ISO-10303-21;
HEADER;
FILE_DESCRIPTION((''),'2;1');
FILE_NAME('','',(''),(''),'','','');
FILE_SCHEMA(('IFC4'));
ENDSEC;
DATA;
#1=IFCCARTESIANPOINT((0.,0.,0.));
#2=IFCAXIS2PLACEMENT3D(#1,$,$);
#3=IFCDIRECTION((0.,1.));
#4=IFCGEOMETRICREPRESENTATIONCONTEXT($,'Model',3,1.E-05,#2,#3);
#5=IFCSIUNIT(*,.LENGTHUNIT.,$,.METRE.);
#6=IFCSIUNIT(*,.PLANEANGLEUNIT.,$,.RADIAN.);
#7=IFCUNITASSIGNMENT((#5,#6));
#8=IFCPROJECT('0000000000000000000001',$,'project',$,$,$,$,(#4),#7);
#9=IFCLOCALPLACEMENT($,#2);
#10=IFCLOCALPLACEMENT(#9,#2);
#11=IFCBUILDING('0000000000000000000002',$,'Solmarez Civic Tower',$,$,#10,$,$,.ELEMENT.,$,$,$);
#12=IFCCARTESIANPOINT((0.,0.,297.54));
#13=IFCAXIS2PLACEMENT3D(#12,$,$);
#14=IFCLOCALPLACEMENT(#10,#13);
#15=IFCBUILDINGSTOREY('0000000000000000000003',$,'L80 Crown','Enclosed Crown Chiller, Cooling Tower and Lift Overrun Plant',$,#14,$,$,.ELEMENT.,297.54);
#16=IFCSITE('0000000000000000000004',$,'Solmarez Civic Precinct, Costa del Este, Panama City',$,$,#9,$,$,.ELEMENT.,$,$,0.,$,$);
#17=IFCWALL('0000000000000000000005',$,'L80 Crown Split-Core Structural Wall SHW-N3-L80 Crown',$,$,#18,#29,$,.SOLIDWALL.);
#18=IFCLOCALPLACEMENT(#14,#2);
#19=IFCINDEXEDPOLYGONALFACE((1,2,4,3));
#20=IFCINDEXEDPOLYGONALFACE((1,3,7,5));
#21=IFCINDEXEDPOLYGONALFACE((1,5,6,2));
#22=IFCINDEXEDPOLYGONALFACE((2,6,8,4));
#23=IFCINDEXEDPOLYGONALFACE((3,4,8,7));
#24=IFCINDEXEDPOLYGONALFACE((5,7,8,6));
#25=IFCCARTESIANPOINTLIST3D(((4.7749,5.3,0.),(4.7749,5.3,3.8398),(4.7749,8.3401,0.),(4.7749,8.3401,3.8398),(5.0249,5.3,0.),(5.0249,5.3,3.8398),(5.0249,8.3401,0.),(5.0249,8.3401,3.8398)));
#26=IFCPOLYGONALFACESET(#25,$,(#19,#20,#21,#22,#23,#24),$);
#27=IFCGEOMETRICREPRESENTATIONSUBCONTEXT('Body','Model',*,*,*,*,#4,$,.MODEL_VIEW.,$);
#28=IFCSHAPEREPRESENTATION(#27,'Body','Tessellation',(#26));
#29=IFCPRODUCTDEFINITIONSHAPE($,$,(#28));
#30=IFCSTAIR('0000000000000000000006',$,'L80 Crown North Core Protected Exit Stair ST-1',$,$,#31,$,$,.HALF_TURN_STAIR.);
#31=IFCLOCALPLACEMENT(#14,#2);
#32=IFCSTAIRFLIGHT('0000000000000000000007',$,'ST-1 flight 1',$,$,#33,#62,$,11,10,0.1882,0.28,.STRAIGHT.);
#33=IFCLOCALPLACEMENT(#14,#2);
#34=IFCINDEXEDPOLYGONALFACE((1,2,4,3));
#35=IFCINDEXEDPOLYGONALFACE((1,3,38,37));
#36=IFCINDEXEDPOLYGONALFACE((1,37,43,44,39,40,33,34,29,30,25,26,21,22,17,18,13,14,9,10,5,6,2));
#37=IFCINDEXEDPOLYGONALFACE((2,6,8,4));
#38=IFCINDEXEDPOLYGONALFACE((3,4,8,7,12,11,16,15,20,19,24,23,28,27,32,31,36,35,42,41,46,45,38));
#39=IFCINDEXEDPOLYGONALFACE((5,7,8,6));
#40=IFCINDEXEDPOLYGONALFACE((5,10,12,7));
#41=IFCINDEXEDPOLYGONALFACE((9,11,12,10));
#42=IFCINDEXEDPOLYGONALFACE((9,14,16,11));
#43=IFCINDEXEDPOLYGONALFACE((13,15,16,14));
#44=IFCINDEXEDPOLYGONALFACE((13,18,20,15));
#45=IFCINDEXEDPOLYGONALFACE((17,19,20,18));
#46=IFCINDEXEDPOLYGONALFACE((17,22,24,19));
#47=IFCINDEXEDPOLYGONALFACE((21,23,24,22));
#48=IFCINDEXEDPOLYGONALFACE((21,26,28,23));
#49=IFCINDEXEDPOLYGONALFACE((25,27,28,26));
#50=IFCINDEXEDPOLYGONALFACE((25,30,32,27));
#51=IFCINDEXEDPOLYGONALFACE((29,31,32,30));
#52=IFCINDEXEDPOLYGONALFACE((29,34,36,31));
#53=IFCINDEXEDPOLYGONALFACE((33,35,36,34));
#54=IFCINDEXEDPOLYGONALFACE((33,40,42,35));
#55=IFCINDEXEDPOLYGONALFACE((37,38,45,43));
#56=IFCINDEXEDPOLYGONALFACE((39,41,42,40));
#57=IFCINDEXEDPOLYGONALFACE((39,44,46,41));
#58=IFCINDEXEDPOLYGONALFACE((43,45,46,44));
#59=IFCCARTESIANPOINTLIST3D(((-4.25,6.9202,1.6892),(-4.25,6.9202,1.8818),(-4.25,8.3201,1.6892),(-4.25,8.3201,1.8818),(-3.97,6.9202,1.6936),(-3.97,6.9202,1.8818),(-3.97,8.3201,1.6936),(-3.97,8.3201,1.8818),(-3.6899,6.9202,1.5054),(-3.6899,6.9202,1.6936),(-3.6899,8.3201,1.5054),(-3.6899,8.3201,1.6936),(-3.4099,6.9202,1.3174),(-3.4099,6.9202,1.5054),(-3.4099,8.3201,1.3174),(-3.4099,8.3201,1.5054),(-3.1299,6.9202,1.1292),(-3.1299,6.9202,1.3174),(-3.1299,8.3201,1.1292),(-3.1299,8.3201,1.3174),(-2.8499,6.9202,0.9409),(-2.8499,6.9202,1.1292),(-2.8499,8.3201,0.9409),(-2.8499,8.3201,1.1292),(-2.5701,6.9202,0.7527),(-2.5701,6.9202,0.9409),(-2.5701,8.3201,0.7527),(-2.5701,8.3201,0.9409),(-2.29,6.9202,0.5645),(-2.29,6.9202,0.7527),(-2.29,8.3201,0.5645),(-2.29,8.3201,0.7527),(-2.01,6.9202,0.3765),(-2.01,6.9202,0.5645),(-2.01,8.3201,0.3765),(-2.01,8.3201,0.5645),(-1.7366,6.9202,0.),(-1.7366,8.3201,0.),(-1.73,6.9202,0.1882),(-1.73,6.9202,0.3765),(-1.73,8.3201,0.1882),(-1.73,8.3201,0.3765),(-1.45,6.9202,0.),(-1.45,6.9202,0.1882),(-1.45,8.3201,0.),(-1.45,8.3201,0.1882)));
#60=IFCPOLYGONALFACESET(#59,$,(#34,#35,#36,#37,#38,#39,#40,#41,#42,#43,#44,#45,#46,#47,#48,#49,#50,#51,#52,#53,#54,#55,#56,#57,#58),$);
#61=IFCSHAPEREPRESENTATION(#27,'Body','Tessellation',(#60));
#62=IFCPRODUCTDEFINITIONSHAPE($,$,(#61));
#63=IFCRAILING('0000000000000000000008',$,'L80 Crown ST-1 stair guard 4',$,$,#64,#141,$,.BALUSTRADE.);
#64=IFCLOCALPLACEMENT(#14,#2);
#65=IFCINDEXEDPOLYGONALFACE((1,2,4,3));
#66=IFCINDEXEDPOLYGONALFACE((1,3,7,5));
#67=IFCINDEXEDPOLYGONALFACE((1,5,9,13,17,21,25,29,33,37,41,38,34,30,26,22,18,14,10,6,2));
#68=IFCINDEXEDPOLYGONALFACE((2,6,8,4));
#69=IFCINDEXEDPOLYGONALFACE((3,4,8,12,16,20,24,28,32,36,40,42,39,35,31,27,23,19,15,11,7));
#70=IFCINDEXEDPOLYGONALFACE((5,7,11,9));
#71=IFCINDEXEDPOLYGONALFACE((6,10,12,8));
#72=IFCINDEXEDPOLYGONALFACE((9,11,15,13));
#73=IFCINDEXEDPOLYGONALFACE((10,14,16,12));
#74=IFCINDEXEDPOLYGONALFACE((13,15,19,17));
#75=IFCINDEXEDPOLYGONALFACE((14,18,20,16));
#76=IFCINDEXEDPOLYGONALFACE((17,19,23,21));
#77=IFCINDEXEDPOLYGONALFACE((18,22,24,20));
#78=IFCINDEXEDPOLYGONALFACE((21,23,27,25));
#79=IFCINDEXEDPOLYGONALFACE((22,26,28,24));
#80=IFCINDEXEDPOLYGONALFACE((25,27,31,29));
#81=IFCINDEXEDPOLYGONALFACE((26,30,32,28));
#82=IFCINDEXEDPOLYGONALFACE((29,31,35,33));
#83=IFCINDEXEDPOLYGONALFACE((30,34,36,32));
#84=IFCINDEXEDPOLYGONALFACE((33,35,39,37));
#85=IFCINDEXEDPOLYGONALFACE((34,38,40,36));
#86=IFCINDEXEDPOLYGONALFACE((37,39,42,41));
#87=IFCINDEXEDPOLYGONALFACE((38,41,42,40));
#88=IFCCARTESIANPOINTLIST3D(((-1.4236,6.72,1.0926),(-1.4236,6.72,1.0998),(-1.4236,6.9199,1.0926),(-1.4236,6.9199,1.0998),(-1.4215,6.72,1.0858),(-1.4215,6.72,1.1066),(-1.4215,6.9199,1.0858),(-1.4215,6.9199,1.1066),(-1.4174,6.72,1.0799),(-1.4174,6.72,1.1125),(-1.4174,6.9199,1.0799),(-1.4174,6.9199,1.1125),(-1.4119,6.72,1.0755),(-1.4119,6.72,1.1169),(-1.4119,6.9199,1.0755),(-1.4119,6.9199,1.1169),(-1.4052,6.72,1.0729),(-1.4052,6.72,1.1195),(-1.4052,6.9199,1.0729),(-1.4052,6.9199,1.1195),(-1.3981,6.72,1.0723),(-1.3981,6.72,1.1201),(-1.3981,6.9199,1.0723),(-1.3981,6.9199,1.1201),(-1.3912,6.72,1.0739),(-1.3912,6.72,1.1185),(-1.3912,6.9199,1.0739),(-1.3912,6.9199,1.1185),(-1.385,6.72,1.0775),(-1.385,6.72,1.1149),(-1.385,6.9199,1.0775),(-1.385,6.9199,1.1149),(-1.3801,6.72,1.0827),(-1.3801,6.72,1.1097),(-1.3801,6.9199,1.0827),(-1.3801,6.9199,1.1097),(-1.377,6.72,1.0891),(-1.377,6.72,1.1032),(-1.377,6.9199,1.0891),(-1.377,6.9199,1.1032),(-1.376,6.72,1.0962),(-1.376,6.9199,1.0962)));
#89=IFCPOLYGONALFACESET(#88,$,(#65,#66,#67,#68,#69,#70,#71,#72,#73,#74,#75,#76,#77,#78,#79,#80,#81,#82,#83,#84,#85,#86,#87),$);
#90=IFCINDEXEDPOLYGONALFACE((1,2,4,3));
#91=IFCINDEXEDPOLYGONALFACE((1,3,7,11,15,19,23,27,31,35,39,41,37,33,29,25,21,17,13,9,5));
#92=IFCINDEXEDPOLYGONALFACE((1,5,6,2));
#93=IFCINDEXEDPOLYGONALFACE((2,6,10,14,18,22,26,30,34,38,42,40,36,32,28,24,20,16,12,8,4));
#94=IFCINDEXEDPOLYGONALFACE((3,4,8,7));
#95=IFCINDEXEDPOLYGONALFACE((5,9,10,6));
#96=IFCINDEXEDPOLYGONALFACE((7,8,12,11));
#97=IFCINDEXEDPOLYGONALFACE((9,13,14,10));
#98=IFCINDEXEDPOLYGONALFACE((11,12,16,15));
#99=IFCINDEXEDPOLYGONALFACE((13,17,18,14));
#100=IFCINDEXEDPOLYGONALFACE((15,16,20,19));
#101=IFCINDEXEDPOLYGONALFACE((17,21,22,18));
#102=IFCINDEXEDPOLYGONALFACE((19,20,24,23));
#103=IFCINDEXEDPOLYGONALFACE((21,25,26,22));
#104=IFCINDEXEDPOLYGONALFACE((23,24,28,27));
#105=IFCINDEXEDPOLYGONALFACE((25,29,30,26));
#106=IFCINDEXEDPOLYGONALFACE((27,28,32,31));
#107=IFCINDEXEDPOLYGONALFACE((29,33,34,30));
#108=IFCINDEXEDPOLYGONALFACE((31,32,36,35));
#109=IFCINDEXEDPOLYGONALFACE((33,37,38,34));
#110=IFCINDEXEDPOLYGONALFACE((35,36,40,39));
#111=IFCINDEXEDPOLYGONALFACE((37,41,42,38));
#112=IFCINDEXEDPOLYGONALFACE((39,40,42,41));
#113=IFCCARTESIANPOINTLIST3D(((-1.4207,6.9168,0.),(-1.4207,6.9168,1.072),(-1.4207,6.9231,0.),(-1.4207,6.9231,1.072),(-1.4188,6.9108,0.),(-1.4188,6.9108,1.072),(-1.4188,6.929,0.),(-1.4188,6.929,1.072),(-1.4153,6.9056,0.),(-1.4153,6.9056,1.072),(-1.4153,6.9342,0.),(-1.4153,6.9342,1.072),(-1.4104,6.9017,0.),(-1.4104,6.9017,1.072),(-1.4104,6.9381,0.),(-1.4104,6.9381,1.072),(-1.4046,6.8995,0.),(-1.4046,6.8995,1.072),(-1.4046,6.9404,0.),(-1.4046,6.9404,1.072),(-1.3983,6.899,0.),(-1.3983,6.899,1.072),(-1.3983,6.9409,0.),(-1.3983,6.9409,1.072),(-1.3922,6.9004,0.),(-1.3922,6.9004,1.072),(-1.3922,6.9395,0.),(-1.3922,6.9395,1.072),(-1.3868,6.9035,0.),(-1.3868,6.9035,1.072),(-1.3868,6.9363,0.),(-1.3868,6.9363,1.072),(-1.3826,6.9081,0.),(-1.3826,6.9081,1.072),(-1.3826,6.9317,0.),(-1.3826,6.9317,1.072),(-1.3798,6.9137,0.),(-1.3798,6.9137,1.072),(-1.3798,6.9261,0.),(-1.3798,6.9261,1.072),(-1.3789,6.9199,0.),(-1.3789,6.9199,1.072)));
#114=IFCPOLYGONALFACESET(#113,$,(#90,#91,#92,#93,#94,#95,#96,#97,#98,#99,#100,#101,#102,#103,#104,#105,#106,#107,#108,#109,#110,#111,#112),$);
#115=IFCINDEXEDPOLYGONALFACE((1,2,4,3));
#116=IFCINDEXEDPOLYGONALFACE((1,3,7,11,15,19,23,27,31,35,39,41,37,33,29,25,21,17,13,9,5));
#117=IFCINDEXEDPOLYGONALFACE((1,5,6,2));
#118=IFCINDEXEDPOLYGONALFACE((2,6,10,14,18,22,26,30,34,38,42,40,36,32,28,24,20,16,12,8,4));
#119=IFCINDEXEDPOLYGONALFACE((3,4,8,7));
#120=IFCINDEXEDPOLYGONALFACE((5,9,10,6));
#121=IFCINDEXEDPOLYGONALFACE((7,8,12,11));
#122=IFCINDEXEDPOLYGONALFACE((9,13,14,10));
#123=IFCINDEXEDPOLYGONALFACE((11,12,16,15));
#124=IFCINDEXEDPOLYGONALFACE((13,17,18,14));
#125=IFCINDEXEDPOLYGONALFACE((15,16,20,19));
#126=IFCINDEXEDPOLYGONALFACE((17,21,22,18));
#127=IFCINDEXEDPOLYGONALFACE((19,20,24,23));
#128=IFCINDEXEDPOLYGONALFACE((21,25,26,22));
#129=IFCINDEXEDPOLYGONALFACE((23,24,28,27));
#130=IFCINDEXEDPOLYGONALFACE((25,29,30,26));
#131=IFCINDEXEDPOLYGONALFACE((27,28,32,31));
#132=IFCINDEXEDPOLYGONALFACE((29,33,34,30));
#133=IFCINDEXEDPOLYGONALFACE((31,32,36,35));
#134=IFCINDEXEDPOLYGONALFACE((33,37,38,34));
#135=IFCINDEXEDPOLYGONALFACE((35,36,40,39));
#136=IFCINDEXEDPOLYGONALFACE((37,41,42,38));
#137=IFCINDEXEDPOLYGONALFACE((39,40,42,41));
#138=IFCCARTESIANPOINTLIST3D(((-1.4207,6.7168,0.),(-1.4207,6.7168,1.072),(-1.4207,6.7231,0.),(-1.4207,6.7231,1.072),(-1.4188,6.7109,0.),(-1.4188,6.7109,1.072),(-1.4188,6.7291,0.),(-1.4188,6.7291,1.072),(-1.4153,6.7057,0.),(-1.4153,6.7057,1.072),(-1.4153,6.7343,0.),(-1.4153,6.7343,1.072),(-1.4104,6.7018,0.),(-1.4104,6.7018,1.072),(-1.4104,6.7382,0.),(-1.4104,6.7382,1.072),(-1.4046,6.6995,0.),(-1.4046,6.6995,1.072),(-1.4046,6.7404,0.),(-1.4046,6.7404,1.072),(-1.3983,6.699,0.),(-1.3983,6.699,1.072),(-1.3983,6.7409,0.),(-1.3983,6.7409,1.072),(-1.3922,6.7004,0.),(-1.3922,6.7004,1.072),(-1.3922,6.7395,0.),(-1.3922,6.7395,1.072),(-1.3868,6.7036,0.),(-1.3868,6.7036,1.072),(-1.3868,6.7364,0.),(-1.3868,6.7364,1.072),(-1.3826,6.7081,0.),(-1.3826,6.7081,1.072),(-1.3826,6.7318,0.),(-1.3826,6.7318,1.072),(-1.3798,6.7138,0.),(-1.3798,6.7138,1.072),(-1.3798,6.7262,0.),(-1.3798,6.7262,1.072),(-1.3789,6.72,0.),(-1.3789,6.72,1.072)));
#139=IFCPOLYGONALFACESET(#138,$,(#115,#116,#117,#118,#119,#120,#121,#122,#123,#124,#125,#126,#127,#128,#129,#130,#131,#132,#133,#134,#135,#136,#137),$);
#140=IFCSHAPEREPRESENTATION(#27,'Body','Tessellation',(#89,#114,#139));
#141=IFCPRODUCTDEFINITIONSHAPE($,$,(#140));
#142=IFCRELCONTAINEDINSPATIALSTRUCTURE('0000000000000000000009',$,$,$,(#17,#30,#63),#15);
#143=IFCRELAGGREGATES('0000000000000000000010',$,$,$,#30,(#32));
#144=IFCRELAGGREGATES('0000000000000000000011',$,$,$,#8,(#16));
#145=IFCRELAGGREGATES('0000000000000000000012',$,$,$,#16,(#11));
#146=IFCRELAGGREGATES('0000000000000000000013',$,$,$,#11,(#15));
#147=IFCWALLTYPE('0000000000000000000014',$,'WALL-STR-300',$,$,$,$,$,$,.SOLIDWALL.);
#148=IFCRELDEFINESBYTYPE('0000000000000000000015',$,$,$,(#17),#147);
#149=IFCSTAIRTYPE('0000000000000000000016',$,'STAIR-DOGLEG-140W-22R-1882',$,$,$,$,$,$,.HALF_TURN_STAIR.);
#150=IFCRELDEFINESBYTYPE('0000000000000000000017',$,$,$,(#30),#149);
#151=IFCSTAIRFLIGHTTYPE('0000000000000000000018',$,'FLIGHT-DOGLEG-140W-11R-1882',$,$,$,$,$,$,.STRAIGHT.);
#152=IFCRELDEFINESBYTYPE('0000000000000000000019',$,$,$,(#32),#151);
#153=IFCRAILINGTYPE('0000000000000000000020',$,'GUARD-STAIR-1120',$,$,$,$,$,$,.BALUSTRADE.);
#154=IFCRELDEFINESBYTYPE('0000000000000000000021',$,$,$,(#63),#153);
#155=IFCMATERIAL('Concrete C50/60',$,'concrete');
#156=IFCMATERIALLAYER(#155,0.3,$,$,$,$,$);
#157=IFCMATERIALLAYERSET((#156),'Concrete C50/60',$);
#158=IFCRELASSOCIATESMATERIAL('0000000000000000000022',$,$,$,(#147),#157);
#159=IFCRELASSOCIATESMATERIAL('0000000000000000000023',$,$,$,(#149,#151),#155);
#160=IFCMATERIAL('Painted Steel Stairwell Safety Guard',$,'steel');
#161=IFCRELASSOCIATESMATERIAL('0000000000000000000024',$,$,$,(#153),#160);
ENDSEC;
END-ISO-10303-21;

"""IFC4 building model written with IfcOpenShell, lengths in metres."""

from ifc_helpers import new_model, si_unit, direction, frame, frame_2d, origin, origin_2d, place, context, subcontext, project, spatial, polyline, rectangle, circle, outline, extrude, material, layer, layer_set, type_object, element, aggregate, save


model = new_model("IFC4")

# Units and contexts
model_context = context("Model", 3, precision=1e-05, world=origin(), true_north=direction((0.0, 1.0)))
body_context = subcontext(model_context, "Body", "Model", "MODEL_VIEW")
ifc_project = project(units=[si_unit("LENGTHUNIT", "METRE"), si_unit("PLANEANGLEUNIT", "RADIAN")], contexts=[model_context])

# Site, building, storey
site_placement = place(None, origin())
site = spatial("IfcSite", under=ifc_project, at=site_placement, Name="Solmarez Civic Precinct, Costa del Este, Panama City", CompositionType="ELEMENT", RefElevation=0.0)
building_placement = place(site_placement, origin())
building = spatial("IfcBuilding", under=site, at=building_placement, Name="Solmarez Civic Tower", CompositionType="ELEMENT")
storey_placement = place(building_placement, frame((0.0, 0.0, 297.54)))
storey = spatial("IfcBuildingStorey", under=building, at=storey_placement, Name="L80 Crown", Description="Enclosed Crown Chiller, Cooling Tower and Lift Overrun Plant", CompositionType="ELEMENT", Elevation=297.54)

# Shared definitions
ifc_material_1 = material(Name="Concrete C50/60", Category="concrete")

# Shared definitions
ifc_layer_1 = layer(ifc_material_1, 0.3)
ifc_layer_set_1 = layer_set([ifc_layer_1], Name="Concrete C50/60")
wall_type_1 = type_object("IfcWallType", Name="WALL-STR-300", PredefinedType="SOLIDWALL", material=ifc_layer_set_1)

# Wall
for number, where, z_axis, x_axis, name in (
    (1, (4.8999, 5.3, 0.0), (0.0, 0.0, 1.0), (0.0, 1.0, 0.0), "L80 Crown Split-Core Structural Wall SHW-N3-L80 Crown"),
):
    element("IfcWall", number, at=place(storey_placement, frame(where, z_axis=z_axis, x_axis=x_axis)), inside=storey, type_object=wall_type_1, Name=name, PredefinedType="SOLIDWALL", context=body_context, shape_type="SweptSolid", body=[
        extrude(rectangle(XDim=3.04, YDim=0.25, at=frame_2d((1.52, 0.0))), origin(), (0.0, 0.0, 1.0), 3.8398),
    ])

# Stair, stair flight
stair_type = type_object("IfcStairType", Name="STAIR-DOGLEG-140W-22R-1882", PredefinedType="HALF_TURN_STAIR", material=ifc_material_1)
stair_placement = place(storey_placement, origin())
stair = element("IfcStair", 2, at=stair_placement, inside=storey, type_object=stair_type, Name="L80 Crown North Core Protected Exit Stair ST-1", PredefinedType="HALF_TURN_STAIR")
stair_flight_type = type_object("IfcStairFlightType", Name="FLIGHT-DOGLEG-140W-11R-1882", PredefinedType="STRAIGHT", material=ifc_material_1)
stair_flight_placement = place(storey_placement, frame((-1.45, 7.6201, 0.0), z_axis=(0.0, 0.0, 1.0), x_axis=(-1.0, 0.0, 0.0)))
stair_flight = element("IfcStairFlight", 3, at=stair_flight_placement, type_object=stair_flight_type, Name="ST-1 flight 1", NumberOfRisers=11, NumberOfTreads=10, PredefinedType="STRAIGHT", RiserHeight=0.1882, TreadLength=0.28, context=body_context, shape_type="SweptSolid", body=[
    extrude(outline(polyline([(0.0, 0.0), (0.0, 0.1882), (0.28, 0.1882), (0.28, 0.3765), (0.5601, 0.3765), (0.5601, 0.5645), (0.8401, 0.5645), (0.8401, 0.7527), (1.1201, 0.7527), (1.1201, 0.9409), (1.3999, 0.9409), (1.3999, 1.1292), (1.6799, 1.1292), (1.6799, 1.3174), (1.96, 1.3174), (1.96, 1.5054), (2.24, 1.5054), (2.24, 1.6936), (2.52, 1.6936), (2.52, 1.8818), (2.8, 1.8818), (2.8, 2.0701), (2.8, 1.6892), (0.2866, 0.0), (0.0, 0.0)])), frame((0.0, 0.7, 0.0), z_axis=(0.0, -1.0, 0.0), x_axis=(1.0, 0.0, 0.0)), (0.0, 0.0, 1.0), 1.3999),
])
aggregate(stair, [stair_flight])

# Railing
ifc_material_2 = material(Name="Painted Steel Stairwell Safety Guard", Category="steel")
railing_type_1 = type_object("IfcRailingType", Name="GUARD-STAIR-1120", PredefinedType="BALUSTRADE", material=ifc_material_2)
railing_1_placement = place(storey_placement, frame((-1.3999, 6.9199, 0.0)))
element("IfcRailing", 4, at=railing_1_placement, inside=storey, type_object=railing_type_1, Name="L80 Crown ST-1 stair guard 4", PredefinedType="BALUSTRADE", context=body_context, shape_type="SweptSolid", body=[
    extrude(circle(Radius=0.0239, at=origin_2d()), frame((0.0, 0.0, 1.0962), z_axis=(0.0, -1.0, 0.0), x_axis=(1.0, 0.0, 0.0)), (0.0, 0.0, 1.0), 0.2),
    extrude(circle(Radius=0.021, at=origin_2d()), origin(), (0.0, 0.0, 1.0), 1.072),
    extrude(circle(Radius=0.021, at=origin_2d()), frame((0.0, -0.2, 0.0)), (0.0, 0.0, 1.0), 1.072),
])

save(model, "model.ifc")
